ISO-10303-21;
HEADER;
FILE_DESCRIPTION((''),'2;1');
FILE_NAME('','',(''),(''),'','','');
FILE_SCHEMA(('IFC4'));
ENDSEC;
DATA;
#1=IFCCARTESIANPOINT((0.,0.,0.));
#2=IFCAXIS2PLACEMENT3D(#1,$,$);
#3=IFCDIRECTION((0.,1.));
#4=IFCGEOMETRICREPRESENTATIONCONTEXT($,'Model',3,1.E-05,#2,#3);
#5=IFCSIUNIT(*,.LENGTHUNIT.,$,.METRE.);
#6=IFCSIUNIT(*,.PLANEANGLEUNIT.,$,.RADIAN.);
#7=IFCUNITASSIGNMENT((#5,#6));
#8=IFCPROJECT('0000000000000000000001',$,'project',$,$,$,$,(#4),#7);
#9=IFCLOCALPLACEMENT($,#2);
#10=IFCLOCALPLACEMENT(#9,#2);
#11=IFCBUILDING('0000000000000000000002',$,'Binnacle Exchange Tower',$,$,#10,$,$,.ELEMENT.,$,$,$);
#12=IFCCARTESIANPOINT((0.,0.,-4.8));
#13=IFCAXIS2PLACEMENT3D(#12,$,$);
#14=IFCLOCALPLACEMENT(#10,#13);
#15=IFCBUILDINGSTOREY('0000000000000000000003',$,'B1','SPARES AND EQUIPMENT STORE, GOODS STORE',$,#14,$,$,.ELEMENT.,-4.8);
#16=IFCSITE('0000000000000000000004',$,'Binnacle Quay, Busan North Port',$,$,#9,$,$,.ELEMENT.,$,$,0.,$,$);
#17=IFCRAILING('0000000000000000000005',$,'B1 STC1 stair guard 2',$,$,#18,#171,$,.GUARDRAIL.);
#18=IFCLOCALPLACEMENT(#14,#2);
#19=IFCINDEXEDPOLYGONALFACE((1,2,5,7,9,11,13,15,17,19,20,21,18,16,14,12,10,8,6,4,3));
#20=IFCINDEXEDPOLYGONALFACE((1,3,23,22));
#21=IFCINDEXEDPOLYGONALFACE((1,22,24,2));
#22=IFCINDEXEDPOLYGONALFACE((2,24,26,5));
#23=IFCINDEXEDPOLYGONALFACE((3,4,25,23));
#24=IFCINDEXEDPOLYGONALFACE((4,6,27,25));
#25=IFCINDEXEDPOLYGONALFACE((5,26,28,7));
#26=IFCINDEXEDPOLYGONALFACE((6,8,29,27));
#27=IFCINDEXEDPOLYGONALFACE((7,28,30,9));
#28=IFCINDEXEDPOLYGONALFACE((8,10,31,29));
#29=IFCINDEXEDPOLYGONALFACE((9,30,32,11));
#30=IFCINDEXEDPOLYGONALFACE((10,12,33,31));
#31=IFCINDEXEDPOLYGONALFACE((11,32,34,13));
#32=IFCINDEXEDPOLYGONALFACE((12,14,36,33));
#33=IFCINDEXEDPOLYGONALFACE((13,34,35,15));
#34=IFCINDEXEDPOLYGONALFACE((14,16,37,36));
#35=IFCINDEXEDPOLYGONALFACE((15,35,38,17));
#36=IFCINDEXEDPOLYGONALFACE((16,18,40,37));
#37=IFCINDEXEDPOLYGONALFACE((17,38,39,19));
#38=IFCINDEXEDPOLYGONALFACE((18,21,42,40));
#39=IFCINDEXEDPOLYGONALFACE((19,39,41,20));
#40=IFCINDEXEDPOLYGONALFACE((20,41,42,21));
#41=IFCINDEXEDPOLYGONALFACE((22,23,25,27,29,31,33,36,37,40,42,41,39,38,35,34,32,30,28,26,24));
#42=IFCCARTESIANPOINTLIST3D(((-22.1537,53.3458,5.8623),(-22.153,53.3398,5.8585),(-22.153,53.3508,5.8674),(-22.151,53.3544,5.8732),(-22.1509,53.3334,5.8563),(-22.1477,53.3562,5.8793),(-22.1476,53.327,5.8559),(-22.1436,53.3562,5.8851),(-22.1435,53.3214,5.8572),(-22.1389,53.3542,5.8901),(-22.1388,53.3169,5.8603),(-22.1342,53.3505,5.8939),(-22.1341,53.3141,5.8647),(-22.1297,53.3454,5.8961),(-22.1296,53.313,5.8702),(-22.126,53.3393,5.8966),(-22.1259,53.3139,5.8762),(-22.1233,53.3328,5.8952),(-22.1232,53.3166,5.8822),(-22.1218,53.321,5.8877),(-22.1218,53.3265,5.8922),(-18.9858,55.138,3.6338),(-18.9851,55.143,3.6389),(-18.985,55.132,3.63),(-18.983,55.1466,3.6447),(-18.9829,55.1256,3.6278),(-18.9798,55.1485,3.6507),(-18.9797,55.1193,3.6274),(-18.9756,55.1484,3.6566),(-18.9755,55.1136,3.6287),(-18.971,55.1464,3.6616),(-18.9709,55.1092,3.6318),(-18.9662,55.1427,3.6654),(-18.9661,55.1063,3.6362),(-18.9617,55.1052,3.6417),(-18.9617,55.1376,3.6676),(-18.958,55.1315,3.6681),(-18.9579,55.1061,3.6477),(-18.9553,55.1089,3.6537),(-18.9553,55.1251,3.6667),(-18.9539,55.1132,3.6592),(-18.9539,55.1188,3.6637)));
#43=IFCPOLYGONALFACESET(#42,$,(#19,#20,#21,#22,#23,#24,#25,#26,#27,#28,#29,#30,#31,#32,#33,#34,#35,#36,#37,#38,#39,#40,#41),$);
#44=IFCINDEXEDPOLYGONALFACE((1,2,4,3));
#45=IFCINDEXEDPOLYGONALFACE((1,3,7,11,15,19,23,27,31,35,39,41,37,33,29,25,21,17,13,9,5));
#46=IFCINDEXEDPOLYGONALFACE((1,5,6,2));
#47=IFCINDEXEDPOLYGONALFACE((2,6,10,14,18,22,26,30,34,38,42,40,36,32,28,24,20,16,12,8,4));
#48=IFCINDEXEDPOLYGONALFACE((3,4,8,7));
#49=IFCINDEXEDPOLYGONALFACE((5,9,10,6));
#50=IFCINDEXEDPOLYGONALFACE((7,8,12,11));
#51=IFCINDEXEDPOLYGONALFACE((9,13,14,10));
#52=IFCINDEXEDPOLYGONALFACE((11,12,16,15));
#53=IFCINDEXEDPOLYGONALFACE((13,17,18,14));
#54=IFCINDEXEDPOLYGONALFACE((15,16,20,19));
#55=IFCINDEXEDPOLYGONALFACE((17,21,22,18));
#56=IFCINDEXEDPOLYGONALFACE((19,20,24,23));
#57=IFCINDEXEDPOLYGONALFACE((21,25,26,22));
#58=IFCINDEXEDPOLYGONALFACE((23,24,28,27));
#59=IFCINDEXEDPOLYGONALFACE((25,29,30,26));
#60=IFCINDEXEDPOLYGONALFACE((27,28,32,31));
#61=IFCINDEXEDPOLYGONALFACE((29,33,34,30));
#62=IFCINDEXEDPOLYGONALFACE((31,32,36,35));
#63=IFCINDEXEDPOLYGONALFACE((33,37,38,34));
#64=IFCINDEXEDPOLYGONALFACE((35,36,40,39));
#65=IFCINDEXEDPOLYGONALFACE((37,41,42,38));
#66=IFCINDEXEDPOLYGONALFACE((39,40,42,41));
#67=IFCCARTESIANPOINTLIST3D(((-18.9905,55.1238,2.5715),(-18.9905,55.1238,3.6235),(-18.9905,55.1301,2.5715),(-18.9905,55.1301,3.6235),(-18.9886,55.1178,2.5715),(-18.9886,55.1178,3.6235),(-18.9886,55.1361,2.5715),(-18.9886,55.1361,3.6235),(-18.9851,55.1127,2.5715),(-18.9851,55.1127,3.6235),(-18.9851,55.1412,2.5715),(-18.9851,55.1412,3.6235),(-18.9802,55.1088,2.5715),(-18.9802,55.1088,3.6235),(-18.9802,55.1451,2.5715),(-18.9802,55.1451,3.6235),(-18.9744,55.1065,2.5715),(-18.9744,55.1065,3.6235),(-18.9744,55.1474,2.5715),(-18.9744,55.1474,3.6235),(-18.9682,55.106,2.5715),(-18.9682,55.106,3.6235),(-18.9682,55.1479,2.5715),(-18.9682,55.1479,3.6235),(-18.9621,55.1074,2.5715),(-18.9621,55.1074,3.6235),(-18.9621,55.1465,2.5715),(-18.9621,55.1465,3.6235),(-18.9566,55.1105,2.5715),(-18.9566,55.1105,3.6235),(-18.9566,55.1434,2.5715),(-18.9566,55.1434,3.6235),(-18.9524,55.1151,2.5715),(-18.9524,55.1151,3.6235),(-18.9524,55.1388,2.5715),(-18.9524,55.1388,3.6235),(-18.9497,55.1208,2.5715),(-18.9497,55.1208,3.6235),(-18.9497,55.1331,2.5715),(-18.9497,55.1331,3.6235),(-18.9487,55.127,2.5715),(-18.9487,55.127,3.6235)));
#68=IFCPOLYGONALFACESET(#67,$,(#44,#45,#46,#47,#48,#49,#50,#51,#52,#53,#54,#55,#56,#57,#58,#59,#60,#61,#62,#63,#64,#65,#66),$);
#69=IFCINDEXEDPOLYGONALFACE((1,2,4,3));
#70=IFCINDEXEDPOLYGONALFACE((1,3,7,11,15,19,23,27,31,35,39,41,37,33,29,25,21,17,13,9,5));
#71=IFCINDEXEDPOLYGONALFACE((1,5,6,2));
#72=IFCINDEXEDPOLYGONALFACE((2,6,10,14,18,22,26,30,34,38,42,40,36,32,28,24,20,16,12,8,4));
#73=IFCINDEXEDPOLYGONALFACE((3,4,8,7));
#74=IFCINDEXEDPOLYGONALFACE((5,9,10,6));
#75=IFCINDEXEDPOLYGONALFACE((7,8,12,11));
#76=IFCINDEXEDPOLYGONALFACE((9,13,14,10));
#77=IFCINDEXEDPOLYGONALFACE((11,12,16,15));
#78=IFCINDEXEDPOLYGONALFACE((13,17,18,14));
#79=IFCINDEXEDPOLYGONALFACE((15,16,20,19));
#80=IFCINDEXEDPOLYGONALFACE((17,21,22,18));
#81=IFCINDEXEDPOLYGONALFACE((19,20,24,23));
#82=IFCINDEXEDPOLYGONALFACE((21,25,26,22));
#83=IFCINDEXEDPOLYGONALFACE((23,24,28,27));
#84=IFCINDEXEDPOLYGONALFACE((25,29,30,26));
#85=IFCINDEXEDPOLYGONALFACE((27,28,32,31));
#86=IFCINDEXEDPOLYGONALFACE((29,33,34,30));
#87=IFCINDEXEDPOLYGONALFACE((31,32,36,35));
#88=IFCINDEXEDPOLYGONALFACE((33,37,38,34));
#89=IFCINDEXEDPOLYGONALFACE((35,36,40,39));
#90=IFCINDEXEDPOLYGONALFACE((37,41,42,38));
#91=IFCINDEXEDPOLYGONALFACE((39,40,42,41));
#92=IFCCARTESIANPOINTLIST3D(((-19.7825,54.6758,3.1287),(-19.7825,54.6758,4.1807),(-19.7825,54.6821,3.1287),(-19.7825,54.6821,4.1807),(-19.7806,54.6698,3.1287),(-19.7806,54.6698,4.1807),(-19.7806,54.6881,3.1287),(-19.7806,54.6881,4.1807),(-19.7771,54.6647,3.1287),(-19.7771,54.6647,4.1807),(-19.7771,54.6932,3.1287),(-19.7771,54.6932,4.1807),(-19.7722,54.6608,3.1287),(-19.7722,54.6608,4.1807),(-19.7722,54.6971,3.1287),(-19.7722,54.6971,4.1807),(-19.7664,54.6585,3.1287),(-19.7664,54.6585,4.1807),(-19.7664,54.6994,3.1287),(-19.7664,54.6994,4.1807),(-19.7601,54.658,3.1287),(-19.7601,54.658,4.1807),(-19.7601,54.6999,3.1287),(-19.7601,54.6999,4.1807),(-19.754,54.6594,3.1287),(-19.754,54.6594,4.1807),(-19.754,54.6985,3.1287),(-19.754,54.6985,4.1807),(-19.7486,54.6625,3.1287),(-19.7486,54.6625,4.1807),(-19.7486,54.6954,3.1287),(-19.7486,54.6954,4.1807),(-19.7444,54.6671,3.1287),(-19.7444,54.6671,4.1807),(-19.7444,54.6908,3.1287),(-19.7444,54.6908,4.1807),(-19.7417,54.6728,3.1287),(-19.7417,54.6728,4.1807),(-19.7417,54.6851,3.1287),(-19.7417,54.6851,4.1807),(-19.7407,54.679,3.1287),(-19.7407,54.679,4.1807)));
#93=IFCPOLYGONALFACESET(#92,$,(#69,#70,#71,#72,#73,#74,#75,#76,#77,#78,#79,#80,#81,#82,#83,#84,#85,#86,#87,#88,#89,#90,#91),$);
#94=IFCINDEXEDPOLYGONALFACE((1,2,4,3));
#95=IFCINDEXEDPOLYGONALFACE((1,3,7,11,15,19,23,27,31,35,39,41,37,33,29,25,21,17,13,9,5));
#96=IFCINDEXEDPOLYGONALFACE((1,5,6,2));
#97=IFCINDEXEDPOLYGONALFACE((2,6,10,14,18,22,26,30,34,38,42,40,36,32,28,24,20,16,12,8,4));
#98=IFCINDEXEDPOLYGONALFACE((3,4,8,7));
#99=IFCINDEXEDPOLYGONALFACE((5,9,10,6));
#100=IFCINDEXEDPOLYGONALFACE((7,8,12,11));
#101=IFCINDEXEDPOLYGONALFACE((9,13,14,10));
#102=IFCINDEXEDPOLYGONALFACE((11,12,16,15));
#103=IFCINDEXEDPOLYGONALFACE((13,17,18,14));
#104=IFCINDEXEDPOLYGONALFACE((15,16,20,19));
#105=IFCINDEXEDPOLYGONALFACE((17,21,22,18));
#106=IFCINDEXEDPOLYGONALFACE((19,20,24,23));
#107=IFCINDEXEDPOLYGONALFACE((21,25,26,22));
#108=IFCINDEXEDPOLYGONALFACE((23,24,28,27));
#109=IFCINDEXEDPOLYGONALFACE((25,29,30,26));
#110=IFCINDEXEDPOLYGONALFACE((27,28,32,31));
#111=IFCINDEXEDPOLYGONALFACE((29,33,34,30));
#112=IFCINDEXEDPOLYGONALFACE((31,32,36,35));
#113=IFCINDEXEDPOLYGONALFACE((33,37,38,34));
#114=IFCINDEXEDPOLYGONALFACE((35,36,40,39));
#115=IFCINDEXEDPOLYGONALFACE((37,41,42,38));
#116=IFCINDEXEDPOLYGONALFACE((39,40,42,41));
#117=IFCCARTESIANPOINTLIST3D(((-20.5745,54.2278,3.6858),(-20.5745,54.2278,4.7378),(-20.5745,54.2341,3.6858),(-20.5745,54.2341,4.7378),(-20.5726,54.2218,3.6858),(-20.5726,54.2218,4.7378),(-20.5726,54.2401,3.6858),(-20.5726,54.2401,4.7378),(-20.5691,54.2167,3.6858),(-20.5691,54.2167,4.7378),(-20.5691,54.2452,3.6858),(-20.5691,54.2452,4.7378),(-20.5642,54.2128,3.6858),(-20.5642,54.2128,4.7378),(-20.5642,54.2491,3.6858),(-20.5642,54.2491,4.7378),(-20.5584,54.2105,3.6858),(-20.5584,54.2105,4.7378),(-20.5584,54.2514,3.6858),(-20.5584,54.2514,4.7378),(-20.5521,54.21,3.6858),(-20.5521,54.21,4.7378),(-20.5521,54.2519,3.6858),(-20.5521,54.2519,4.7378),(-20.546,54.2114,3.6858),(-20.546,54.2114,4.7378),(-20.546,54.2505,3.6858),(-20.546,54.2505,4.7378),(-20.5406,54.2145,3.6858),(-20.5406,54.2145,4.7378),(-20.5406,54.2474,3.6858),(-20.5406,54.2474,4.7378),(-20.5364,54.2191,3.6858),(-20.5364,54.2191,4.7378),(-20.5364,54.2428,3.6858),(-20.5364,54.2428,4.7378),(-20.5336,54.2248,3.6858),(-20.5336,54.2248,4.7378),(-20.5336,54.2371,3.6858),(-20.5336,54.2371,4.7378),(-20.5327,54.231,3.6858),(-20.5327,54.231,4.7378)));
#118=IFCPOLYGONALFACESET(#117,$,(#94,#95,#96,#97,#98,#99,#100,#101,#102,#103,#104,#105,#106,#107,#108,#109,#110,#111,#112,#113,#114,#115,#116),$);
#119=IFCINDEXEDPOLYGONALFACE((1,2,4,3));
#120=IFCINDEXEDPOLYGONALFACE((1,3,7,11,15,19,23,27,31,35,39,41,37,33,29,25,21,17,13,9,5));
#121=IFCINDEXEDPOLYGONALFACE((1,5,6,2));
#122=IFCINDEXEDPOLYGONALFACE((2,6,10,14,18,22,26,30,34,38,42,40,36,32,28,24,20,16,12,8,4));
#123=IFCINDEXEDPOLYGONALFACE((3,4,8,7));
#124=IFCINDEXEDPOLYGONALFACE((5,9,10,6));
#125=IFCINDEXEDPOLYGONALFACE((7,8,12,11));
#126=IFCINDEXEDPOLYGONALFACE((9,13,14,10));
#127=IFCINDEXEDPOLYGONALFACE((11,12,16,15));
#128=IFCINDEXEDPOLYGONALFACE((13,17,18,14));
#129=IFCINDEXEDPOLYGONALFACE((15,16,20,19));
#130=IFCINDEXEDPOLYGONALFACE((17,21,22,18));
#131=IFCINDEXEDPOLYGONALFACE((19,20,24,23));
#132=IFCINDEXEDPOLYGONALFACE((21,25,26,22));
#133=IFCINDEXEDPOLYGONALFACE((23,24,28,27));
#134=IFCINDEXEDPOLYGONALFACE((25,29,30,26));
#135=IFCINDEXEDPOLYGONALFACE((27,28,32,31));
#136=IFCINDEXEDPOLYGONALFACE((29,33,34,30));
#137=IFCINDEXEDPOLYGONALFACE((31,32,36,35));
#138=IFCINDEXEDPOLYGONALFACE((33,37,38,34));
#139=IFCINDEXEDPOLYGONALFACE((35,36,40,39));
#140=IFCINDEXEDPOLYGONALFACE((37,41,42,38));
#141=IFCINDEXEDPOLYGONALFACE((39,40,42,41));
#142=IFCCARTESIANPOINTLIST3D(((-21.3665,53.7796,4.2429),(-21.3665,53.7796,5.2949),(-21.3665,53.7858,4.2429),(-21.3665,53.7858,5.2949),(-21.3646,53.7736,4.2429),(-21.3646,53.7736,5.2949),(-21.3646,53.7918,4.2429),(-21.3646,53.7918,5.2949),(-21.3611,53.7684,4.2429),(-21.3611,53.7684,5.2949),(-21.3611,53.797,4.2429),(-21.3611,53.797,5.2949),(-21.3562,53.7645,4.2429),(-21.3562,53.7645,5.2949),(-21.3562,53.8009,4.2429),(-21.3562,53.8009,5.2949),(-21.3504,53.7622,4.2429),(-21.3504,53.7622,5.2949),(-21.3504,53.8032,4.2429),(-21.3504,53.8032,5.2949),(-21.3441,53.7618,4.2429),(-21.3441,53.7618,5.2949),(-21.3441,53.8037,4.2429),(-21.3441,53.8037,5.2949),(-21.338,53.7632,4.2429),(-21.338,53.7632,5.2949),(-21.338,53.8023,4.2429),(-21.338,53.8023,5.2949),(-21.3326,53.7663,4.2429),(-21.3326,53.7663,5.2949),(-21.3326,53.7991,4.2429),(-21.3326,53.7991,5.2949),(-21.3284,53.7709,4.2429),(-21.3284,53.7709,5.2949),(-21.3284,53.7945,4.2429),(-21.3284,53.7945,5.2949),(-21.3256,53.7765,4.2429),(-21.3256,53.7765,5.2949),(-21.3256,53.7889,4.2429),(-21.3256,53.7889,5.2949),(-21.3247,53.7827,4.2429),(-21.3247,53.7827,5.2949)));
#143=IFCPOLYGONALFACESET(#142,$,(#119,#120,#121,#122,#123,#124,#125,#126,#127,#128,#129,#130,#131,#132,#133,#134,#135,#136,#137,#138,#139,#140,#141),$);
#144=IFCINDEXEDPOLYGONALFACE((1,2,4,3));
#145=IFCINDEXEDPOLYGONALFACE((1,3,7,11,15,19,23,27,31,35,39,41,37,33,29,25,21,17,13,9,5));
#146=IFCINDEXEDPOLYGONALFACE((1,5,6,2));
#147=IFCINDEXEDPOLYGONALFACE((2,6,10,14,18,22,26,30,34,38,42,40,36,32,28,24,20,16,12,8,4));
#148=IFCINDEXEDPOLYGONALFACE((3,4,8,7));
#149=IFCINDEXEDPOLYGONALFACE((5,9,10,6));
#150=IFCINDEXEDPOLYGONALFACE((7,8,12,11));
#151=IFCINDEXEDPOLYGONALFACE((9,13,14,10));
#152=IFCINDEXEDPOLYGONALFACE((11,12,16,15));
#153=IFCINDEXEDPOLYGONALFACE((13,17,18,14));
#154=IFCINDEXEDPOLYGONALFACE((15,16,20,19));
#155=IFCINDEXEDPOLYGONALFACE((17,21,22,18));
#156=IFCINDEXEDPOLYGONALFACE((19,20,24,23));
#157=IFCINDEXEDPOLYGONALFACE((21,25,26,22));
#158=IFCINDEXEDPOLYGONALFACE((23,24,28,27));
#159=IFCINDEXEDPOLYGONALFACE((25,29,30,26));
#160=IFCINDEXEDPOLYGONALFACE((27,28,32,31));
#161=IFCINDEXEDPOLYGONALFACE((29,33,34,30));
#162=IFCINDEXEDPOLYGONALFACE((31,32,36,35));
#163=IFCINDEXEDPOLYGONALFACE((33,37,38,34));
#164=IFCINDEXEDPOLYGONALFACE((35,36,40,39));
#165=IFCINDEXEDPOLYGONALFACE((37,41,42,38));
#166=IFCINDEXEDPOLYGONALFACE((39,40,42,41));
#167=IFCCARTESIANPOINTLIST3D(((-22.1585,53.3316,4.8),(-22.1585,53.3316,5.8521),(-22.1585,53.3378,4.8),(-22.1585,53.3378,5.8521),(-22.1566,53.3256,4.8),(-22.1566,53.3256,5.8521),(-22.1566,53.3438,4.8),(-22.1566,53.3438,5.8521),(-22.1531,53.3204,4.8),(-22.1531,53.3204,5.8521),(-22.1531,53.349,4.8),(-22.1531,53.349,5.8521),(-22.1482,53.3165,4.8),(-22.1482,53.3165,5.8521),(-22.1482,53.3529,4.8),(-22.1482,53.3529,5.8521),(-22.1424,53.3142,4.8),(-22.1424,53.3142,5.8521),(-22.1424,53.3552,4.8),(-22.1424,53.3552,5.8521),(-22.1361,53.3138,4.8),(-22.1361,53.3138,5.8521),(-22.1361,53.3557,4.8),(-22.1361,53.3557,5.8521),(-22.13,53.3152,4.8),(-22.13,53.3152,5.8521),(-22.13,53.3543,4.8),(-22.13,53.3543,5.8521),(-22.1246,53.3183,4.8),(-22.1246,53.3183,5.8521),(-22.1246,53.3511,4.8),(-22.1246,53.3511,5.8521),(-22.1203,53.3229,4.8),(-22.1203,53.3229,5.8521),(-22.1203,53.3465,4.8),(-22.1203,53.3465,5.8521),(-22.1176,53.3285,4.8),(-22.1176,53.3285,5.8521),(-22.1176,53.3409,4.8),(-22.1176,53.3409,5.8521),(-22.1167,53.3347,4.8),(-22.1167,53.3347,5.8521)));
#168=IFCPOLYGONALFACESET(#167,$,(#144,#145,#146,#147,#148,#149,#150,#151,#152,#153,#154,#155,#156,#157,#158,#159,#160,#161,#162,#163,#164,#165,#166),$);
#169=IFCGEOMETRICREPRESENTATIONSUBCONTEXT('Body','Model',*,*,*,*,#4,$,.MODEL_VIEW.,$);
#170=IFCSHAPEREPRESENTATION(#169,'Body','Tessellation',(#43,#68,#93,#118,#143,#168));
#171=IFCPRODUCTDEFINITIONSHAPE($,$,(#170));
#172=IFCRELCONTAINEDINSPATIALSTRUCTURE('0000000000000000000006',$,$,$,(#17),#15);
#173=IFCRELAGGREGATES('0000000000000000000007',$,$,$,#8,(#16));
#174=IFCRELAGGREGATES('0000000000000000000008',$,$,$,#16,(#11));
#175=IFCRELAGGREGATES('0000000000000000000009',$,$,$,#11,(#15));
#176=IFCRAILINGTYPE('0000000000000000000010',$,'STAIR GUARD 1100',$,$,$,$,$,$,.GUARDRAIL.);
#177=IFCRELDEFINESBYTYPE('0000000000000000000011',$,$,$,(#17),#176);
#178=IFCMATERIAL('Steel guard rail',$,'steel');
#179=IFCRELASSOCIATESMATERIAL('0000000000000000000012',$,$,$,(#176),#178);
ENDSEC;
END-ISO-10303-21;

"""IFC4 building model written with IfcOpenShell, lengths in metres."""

from ifc_helpers import new_model, si_unit, direction, frame, origin, origin_2d, place, context, subcontext, project, spatial, circle, extrude, material, type_object, element, save


model = new_model("IFC4")

# Units and contexts
model_context = context("Model", 3, precision=1e-05, world=origin(), true_north=direction((0.0, 1.0)))
body_context = subcontext(model_context, "Body", "Model", "MODEL_VIEW")
ifc_project = project(units=[si_unit("LENGTHUNIT", "METRE"), si_unit("PLANEANGLEUNIT", "RADIAN")], contexts=[model_context])

# Site, building, storey
site_placement = place(None, origin())
site = spatial("IfcSite", under=ifc_project, at=site_placement, Name="Binnacle Quay, Busan North Port", CompositionType="ELEMENT", RefElevation=0.0)
building_placement = place(site_placement, origin())
building = spatial("IfcBuilding", under=site, at=building_placement, Name="Binnacle Exchange Tower", CompositionType="ELEMENT")
storey_placement = place(building_placement, frame((0.0, 0.0, -4.8)))
storey = spatial("IfcBuildingStorey", under=building, at=storey_placement, Name="B1", Description="SPARES AND EQUIPMENT STORE, GOODS STORE", CompositionType="ELEMENT", Elevation=-4.8)

# Railing
ifc_material_1 = material(Name="Steel guard rail", Category="steel")
railing_type_1 = type_object("IfcRailingType", Name="STAIR GUARD 1100", PredefinedType="GUARDRAIL", material=ifc_material_1)
railing_1_placement = place(storey_placement, frame((-18.9697, 55.127, 2.5715)))
element("IfcRailing", 1, at=railing_1_placement, inside=storey, type_object=railing_type_1, Name="B1 STC1 stair guard 2", PredefinedType="GUARDRAIL", context=body_context, shape_type="SweptSolid", body=[
    extrude(circle(Radius=0.0239, at=origin_2d()), frame((0.0, 0.0, 1.0762), z_axis=(-0.742289, -0.41994, 0.522165), x_axis=(0.4924, -0.870369, 0.0)), (0.0, 0.0, 1.0), 4.2678),
    extrude(circle(Radius=0.021, at=origin_2d()), origin(), (0.0, 0.0, 1.0), 1.052),
    extrude(circle(Radius=0.021, at=origin_2d()), frame((-0.792, -0.448, 0.5571)), (0.0, 0.0, 1.0), 1.052),
    extrude(circle(Radius=0.021, at=origin_2d()), frame((-1.584, -0.896, 1.1143)), (0.0, 0.0, 1.0), 1.052),
    extrude(circle(Radius=0.021, at=origin_2d()), frame((-2.376, -1.3442, 1.6714)), (0.0, 0.0, 1.0), 1.052),
    extrude(circle(Radius=0.021, at=origin_2d()), frame((-3.168, -1.7922, 2.2285)), (0.0, 0.0, 1.0), 1.052),
])

save(model, "model.ifc")
